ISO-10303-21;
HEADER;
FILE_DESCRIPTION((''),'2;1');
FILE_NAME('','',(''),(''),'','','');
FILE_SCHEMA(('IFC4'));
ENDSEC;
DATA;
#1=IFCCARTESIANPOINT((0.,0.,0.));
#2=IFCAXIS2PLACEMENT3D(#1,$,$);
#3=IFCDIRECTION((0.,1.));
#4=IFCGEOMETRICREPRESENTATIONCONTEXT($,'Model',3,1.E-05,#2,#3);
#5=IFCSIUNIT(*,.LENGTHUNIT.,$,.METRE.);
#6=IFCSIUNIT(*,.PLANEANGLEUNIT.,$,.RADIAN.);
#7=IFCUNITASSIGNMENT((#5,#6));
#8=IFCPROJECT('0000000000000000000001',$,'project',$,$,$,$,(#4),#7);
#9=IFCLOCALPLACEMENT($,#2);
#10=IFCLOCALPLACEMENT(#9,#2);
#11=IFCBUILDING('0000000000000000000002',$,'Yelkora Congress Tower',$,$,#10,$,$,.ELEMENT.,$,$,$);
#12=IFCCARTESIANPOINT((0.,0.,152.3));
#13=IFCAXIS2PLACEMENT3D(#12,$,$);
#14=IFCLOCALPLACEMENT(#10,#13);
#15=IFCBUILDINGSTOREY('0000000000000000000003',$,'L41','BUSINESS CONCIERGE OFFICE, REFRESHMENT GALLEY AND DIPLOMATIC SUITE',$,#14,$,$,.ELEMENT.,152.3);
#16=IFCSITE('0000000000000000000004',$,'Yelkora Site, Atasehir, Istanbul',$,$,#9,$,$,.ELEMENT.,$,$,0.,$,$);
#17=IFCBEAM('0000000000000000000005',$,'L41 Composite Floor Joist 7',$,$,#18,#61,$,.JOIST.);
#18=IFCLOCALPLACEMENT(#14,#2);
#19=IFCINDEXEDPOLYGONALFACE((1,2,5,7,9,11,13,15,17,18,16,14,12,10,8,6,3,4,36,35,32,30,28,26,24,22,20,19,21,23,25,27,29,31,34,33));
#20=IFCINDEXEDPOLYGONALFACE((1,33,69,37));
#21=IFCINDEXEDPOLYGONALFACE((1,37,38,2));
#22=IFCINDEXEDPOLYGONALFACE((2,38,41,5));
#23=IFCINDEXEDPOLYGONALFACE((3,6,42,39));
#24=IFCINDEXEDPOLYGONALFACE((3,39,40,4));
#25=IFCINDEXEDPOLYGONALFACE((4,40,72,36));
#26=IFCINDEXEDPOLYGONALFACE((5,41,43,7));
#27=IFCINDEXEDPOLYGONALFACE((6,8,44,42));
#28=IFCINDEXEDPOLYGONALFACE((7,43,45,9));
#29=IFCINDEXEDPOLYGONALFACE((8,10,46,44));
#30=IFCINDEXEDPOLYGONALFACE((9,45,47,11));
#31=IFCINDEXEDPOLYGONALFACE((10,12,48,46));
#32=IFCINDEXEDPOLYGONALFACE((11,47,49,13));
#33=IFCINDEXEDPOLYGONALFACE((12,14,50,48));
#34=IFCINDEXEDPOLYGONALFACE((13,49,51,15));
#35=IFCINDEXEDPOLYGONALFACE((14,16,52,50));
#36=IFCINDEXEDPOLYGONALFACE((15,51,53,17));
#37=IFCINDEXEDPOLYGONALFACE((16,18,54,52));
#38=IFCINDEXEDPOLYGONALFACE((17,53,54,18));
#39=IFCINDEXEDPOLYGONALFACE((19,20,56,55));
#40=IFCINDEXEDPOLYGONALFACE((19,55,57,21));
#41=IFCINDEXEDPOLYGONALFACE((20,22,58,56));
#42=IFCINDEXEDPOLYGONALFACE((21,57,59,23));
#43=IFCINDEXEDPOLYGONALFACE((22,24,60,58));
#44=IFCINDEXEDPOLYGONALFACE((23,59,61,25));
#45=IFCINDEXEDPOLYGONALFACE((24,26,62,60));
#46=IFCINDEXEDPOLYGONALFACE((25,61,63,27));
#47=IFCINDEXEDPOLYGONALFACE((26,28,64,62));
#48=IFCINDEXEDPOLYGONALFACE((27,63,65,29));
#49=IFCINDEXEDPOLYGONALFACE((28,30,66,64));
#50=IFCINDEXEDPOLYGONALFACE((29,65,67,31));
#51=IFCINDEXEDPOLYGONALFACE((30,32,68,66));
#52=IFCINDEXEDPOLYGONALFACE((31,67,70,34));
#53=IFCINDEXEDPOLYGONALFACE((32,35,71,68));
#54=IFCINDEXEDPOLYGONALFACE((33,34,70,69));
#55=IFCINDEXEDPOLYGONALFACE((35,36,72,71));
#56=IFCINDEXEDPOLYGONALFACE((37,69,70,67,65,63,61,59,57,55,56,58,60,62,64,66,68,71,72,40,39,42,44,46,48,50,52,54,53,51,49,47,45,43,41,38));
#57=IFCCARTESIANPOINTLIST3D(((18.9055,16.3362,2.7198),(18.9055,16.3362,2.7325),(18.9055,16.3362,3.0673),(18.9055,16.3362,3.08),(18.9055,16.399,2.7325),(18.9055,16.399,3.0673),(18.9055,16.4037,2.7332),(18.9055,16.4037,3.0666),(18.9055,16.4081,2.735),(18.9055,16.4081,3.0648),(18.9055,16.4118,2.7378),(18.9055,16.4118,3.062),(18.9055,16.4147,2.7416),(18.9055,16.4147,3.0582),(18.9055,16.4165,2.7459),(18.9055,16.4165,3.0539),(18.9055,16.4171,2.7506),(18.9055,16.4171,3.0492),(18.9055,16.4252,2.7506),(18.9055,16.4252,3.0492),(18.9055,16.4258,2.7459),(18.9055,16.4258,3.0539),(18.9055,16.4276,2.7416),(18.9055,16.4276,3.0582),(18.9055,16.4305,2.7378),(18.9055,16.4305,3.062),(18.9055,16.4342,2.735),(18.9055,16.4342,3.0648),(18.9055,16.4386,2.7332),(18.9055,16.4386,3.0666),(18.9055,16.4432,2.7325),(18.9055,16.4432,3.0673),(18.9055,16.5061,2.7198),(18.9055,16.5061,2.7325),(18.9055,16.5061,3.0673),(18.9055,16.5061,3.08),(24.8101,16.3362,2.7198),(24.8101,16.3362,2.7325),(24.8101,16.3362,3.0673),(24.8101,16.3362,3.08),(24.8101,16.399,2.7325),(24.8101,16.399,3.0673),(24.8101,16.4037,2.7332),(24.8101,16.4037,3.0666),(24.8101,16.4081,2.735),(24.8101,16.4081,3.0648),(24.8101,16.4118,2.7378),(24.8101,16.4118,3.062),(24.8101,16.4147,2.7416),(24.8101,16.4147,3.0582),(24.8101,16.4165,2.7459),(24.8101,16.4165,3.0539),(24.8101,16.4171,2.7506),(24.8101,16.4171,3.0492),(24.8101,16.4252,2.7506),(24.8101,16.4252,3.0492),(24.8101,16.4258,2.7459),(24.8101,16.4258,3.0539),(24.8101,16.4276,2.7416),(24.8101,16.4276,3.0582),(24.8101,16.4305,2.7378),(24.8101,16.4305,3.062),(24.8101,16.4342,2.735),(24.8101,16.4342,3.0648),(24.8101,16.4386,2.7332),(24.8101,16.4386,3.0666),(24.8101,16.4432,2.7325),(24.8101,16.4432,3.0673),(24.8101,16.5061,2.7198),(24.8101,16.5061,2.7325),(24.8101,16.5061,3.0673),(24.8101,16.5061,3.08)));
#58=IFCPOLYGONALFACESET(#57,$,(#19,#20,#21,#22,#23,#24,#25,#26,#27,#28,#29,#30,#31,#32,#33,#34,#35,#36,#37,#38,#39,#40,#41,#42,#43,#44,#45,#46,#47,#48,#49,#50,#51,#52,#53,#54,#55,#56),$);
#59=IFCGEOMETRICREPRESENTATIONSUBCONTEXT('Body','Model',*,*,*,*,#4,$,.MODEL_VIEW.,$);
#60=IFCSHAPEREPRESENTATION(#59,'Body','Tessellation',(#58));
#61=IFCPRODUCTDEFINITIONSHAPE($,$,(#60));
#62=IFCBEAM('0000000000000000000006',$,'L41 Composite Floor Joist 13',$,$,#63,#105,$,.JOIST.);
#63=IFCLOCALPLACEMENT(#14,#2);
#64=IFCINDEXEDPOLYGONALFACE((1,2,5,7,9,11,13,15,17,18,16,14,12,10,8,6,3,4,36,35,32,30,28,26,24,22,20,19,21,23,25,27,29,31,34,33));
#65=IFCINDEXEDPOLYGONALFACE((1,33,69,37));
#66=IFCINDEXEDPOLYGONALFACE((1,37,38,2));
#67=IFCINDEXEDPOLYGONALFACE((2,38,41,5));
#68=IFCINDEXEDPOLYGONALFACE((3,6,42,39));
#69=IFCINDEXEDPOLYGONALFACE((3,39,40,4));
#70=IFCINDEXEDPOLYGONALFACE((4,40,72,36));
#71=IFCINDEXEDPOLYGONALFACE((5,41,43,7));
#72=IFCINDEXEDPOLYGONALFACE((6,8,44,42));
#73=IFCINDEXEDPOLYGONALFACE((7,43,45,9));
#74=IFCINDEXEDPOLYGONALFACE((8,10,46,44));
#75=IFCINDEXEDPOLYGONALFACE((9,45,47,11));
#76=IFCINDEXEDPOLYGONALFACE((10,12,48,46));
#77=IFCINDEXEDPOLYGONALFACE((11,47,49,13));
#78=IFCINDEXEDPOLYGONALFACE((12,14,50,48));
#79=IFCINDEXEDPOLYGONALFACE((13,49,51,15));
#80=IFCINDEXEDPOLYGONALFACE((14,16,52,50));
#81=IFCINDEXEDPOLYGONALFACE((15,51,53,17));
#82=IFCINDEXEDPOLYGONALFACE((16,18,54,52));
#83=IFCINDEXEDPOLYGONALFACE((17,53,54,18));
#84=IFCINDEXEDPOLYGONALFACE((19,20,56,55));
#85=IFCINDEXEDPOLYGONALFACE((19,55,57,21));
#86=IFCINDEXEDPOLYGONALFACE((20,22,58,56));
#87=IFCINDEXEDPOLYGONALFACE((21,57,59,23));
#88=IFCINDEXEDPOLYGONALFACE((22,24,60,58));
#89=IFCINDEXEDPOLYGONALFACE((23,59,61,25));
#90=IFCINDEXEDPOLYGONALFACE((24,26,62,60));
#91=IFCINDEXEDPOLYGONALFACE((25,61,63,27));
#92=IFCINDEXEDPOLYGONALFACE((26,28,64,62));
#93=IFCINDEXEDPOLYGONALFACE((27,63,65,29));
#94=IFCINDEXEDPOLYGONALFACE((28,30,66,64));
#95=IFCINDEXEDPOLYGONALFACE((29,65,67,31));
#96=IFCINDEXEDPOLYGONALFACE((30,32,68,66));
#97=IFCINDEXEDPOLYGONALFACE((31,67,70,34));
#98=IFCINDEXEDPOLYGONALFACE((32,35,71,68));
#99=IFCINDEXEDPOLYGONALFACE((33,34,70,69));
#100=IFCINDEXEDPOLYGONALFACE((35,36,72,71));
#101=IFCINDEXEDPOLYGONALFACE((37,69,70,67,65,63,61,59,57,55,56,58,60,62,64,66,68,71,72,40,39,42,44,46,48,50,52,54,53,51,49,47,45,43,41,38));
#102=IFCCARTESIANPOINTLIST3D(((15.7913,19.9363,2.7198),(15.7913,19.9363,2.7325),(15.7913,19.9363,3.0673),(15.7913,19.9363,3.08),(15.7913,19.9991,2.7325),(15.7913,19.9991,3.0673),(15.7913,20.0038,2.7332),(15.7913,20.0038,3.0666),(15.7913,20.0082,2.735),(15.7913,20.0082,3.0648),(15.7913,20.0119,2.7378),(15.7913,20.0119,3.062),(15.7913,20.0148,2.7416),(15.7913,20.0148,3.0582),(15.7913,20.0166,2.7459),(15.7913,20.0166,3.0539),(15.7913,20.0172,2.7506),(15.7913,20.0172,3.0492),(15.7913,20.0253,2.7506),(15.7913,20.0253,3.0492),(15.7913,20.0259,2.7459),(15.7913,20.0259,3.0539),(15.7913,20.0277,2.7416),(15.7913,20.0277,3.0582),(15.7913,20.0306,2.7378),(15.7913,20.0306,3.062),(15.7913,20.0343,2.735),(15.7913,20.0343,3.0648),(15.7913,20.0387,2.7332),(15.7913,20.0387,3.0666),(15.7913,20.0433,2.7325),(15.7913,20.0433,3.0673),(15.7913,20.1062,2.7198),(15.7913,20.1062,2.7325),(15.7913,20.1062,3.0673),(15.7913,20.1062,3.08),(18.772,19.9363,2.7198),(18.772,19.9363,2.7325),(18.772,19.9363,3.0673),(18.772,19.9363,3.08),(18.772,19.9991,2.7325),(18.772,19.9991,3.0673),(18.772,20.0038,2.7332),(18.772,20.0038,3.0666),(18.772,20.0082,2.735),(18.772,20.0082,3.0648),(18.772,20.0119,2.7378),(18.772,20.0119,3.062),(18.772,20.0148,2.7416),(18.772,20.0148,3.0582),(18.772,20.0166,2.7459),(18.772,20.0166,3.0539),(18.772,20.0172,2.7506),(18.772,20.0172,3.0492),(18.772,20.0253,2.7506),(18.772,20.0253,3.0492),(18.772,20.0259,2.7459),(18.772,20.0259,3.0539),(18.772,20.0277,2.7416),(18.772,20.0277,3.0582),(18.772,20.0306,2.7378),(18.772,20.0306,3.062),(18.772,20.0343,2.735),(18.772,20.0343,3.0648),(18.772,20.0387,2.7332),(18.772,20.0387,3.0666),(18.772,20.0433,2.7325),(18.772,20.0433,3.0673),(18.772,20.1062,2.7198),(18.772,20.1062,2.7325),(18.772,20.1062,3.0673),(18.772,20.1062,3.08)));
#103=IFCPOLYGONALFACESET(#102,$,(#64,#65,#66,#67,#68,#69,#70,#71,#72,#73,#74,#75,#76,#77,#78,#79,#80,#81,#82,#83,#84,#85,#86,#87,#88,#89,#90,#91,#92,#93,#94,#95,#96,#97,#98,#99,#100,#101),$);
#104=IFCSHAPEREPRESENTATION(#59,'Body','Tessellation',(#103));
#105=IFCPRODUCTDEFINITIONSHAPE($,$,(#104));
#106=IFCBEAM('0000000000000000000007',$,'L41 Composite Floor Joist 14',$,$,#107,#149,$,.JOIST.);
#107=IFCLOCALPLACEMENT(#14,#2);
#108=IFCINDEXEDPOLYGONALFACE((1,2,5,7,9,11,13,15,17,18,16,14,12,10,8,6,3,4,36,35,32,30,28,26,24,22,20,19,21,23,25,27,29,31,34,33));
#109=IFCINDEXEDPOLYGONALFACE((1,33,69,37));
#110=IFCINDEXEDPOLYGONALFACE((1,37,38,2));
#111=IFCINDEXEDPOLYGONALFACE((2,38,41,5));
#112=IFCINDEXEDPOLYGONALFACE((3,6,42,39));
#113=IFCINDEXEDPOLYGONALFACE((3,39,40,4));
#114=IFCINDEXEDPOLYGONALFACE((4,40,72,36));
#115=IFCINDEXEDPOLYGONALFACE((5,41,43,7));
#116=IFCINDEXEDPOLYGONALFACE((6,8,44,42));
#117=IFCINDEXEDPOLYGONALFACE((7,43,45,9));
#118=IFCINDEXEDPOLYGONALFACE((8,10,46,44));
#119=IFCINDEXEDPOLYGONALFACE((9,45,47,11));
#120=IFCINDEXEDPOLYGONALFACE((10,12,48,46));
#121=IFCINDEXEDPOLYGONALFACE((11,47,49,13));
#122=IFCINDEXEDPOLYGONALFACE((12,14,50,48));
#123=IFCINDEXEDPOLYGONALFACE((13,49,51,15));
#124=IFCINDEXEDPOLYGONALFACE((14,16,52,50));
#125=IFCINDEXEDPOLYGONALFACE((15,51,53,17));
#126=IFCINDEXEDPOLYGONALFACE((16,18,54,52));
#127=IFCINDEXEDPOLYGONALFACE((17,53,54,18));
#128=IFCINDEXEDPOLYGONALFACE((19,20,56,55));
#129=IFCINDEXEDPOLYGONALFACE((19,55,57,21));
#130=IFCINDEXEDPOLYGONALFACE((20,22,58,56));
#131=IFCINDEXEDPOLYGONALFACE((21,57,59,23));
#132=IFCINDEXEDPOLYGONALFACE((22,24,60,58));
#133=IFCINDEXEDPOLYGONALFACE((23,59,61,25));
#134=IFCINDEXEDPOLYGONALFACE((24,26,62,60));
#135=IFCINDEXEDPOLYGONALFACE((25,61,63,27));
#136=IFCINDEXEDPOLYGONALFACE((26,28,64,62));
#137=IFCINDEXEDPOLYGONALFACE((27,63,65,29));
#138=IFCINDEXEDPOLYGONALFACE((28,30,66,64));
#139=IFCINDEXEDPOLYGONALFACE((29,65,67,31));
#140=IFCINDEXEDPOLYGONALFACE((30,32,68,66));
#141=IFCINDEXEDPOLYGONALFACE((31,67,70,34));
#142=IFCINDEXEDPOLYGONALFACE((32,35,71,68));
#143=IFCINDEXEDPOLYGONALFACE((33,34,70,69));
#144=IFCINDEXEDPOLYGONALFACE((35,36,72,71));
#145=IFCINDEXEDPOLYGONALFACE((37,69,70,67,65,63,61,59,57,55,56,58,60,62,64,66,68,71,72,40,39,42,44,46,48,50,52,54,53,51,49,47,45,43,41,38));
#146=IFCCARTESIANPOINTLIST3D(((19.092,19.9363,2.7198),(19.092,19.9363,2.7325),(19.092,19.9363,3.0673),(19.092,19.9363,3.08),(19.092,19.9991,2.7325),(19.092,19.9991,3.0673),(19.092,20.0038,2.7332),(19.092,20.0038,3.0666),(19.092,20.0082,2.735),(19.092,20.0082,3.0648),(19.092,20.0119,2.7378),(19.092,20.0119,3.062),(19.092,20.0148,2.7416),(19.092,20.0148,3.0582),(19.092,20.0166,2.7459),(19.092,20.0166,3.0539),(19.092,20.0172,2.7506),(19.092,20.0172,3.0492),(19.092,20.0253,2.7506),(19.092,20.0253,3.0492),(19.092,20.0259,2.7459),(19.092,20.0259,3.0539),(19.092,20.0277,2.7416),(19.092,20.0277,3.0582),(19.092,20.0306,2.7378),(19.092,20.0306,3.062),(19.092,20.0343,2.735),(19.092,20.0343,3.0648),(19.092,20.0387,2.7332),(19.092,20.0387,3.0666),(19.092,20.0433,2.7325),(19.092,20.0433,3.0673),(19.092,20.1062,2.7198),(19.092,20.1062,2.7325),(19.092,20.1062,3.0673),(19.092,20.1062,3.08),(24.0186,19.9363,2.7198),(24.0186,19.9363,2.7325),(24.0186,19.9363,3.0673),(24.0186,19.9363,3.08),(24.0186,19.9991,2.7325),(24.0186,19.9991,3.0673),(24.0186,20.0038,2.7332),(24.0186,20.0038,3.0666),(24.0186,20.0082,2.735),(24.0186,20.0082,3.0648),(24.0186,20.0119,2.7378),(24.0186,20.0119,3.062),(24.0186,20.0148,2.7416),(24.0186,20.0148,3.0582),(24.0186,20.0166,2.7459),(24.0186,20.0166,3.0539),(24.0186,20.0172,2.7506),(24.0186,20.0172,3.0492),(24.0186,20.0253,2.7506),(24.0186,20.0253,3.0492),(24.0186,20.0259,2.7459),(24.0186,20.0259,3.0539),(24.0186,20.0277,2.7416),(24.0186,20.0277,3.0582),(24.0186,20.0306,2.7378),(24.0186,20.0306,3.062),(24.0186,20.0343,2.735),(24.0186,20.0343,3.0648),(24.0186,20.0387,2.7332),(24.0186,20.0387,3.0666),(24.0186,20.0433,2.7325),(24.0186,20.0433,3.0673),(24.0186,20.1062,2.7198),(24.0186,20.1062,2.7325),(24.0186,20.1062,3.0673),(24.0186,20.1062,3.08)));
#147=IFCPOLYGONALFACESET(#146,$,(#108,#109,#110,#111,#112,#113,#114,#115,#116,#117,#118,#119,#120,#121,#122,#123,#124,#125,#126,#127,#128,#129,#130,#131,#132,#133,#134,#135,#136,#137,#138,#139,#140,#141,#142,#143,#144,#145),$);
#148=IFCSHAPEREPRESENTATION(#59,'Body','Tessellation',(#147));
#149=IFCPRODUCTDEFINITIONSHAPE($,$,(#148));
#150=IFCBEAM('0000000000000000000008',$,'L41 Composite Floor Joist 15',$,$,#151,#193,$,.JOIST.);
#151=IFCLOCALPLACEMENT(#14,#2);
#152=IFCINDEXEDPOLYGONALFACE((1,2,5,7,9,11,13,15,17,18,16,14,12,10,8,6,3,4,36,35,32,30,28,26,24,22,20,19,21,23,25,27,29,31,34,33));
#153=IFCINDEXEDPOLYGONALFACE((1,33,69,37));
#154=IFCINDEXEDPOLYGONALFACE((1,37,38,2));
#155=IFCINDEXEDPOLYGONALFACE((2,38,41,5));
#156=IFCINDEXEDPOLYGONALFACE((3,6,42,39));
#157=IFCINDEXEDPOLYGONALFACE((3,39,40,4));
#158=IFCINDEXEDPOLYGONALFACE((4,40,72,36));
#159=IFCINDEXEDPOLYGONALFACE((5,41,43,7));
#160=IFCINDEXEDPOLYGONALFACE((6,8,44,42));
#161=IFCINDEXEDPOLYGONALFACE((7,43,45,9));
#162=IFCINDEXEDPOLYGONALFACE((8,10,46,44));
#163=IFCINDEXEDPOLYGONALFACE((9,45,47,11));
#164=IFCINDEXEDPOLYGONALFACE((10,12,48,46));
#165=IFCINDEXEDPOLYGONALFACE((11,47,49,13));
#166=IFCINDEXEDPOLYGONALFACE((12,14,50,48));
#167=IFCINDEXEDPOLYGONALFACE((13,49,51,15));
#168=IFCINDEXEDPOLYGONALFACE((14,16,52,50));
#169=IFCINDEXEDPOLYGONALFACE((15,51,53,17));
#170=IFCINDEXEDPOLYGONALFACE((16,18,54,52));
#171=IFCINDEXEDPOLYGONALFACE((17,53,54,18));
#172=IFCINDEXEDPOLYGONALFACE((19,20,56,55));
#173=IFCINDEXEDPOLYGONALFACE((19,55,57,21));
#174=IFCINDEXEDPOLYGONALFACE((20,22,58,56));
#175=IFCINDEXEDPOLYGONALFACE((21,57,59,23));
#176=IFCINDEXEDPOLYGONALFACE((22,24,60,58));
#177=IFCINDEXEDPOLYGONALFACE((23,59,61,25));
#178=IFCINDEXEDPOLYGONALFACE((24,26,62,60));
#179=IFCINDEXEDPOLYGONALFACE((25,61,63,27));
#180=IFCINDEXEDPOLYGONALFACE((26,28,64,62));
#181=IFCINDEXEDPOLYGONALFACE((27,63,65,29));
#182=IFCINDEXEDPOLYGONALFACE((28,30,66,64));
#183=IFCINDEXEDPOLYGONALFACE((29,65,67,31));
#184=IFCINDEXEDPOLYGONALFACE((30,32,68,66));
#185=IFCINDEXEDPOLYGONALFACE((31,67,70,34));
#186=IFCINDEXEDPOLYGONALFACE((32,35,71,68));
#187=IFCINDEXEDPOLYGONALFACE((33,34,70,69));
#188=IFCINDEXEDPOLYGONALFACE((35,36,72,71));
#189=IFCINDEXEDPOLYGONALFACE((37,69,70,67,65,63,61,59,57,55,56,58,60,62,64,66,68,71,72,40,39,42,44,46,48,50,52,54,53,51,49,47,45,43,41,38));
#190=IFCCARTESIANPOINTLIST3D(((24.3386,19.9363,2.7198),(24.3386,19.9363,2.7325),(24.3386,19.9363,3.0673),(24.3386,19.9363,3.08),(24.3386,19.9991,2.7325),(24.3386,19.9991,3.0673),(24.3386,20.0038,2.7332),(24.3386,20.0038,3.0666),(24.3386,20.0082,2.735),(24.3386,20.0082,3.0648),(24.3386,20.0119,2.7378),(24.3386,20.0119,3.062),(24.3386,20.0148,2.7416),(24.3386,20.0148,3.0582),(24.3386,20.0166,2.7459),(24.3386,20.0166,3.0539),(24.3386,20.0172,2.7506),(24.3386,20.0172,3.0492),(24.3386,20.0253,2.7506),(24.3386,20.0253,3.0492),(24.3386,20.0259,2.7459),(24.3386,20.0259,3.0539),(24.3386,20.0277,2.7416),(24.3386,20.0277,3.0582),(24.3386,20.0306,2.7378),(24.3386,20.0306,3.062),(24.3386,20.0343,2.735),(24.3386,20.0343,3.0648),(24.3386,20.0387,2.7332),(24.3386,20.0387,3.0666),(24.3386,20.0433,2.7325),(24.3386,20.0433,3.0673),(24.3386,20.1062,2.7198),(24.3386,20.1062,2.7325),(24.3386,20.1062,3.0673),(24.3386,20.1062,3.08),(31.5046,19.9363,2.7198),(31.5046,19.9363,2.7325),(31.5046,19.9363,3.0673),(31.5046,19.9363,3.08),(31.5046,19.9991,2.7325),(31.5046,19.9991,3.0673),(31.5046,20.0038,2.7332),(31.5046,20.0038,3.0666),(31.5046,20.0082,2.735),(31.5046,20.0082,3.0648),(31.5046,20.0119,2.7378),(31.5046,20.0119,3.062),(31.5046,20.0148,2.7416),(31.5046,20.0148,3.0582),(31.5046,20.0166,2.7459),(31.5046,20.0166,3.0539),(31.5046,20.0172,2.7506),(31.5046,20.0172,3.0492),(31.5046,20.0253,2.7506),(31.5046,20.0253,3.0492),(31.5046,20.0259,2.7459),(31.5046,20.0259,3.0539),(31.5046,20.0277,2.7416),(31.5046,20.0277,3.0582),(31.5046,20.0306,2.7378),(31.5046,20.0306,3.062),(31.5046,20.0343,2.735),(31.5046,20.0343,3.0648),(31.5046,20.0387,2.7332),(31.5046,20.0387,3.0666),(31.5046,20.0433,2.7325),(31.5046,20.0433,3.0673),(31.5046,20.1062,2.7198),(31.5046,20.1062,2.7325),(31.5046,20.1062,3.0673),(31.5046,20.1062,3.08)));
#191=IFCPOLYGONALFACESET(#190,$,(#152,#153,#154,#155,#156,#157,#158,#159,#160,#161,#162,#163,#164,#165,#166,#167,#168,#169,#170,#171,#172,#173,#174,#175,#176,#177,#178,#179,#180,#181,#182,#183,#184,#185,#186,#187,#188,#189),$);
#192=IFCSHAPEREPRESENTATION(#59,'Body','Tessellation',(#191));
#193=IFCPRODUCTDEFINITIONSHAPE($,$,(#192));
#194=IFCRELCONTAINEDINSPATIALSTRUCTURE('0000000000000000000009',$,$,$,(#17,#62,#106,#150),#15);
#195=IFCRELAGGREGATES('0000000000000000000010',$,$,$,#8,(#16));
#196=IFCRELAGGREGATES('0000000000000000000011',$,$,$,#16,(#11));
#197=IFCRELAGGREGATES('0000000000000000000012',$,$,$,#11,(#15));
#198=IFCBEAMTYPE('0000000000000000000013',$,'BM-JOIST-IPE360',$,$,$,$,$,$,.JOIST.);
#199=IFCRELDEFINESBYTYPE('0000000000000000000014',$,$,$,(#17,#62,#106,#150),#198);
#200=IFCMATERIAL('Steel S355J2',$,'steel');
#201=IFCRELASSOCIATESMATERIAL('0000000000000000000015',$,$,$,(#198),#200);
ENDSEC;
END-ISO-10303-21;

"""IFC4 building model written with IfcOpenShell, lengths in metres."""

from ifc_helpers import new_model, si_unit, direction, frame, origin, origin_2d, place, context, subcontext, project, spatial, i_section, extrude, material, material_profile, profile_set, type_object, element, save


model = new_model("IFC4")

# Units and contexts
model_context = context("Model", 3, precision=1e-05, world=origin(), true_north=direction((0.0, 1.0)))
body_context = subcontext(model_context, "Body", "Model", "MODEL_VIEW")
ifc_project = project(units=[si_unit("LENGTHUNIT", "METRE"), si_unit("PLANEANGLEUNIT", "RADIAN")], contexts=[model_context])

# Site, building, storey
site_placement = place(None, origin())
site = spatial("IfcSite", under=ifc_project, at=site_placement, Name="Yelkora Site, Atasehir, Istanbul", CompositionType="ELEMENT", RefElevation=0.0)
building_placement = place(site_placement, origin())
building = spatial("IfcBuilding", under=site, at=building_placement, Name="Yelkora Congress Tower", CompositionType="ELEMENT")
storey_placement = place(building_placement, frame((0.0, 0.0, 152.3)))
storey = spatial("IfcBuildingStorey", under=building, at=storey_placement, Name="L41", Description="BUSINESS CONCIERGE OFFICE, REFRESHMENT GALLEY AND DIPLOMATIC SUITE", CompositionType="ELEMENT", Elevation=152.3)

# Beams
ifc_material_1 = material(Name="Steel S355J2", Category="steel")
ifc_material_profile_1 = material_profile(ifc_material_1, i_section(OverallWidth=0.1699, OverallDepth=0.3601, WebThickness=0.0081, FlangeThickness=0.0127, FilletRadius=0.0181, at=origin_2d()), Name="IPE 360")
ifc_profile_set_1 = profile_set([ifc_material_profile_1], Name="Steel S355J2")
beam_type_1 = type_object("IfcBeamType", Name="BM-JOIST-IPE360", PredefinedType="JOIST", material=ifc_profile_set_1)
beam_1_placement = place(storey_placement, frame((18.9055, 16.4211, 2.8999), z_axis=(1.0, 0.0, 0.0), x_axis=(0.0, 1.0, 0.0)))
element("IfcBeam", 1, at=beam_1_placement, inside=storey, type_object=beam_type_1, Name="L41 Composite Floor Joist 7", PredefinedType="JOIST", context=body_context, shape_type="SweptSolid", body=[
    extrude(i_section(OverallWidth=0.1699, OverallDepth=0.3601, WebThickness=0.0081, FlangeThickness=0.0127, FilletRadius=0.0181, at=origin_2d()), origin(), (0.0, 0.0, 1.0), 5.9045),
])
beam_2_placement = place(storey_placement, frame((15.7913, 20.0212, 2.8999), z_axis=(1.0, 0.0, 0.0), x_axis=(0.0, 1.0, 0.0)))
element("IfcBeam", 2, at=beam_2_placement, inside=storey, type_object=beam_type_1, Name="L41 Composite Floor Joist 13", PredefinedType="JOIST", context=body_context, shape_type="SweptSolid", body=[
    extrude(i_section(OverallWidth=0.1699, OverallDepth=0.3601, WebThickness=0.0081, FlangeThickness=0.0127, FilletRadius=0.0181, at=origin_2d()), origin(), (0.0, 0.0, 1.0), 2.9807),
])
beam_3_placement = place(storey_placement, frame((19.092, 20.0212, 2.8999), z_axis=(1.0, 0.0, 0.0), x_axis=(0.0, 1.0, 0.0)))
element("IfcBeam", 3, at=beam_3_placement, inside=storey, type_object=beam_type_1, Name="L41 Composite Floor Joist 14", PredefinedType="JOIST", context=body_context, shape_type="SweptSolid", body=[
    extrude(i_section(OverallWidth=0.1699, OverallDepth=0.3601, WebThickness=0.0081, FlangeThickness=0.0127, FilletRadius=0.0181, at=origin_2d()), origin(), (0.0, 0.0, 1.0), 4.9265),
])
beam_4_placement = place(storey_placement, frame((24.3386, 20.0212, 2.8999), z_axis=(1.0, 0.0, 0.0), x_axis=(0.0, 1.0, 0.0)))
element("IfcBeam", 4, at=beam_4_placement, inside=storey, type_object=beam_type_1, Name="L41 Composite Floor Joist 15", PredefinedType="JOIST", context=body_context, shape_type="SweptSolid", body=[
    extrude(i_section(OverallWidth=0.1699, OverallDepth=0.3601, WebThickness=0.0081, FlangeThickness=0.0127, FilletRadius=0.0181, at=origin_2d()), origin(), (0.0, 0.0, 1.0), 7.166),
])

save(model, "model.ifc")
